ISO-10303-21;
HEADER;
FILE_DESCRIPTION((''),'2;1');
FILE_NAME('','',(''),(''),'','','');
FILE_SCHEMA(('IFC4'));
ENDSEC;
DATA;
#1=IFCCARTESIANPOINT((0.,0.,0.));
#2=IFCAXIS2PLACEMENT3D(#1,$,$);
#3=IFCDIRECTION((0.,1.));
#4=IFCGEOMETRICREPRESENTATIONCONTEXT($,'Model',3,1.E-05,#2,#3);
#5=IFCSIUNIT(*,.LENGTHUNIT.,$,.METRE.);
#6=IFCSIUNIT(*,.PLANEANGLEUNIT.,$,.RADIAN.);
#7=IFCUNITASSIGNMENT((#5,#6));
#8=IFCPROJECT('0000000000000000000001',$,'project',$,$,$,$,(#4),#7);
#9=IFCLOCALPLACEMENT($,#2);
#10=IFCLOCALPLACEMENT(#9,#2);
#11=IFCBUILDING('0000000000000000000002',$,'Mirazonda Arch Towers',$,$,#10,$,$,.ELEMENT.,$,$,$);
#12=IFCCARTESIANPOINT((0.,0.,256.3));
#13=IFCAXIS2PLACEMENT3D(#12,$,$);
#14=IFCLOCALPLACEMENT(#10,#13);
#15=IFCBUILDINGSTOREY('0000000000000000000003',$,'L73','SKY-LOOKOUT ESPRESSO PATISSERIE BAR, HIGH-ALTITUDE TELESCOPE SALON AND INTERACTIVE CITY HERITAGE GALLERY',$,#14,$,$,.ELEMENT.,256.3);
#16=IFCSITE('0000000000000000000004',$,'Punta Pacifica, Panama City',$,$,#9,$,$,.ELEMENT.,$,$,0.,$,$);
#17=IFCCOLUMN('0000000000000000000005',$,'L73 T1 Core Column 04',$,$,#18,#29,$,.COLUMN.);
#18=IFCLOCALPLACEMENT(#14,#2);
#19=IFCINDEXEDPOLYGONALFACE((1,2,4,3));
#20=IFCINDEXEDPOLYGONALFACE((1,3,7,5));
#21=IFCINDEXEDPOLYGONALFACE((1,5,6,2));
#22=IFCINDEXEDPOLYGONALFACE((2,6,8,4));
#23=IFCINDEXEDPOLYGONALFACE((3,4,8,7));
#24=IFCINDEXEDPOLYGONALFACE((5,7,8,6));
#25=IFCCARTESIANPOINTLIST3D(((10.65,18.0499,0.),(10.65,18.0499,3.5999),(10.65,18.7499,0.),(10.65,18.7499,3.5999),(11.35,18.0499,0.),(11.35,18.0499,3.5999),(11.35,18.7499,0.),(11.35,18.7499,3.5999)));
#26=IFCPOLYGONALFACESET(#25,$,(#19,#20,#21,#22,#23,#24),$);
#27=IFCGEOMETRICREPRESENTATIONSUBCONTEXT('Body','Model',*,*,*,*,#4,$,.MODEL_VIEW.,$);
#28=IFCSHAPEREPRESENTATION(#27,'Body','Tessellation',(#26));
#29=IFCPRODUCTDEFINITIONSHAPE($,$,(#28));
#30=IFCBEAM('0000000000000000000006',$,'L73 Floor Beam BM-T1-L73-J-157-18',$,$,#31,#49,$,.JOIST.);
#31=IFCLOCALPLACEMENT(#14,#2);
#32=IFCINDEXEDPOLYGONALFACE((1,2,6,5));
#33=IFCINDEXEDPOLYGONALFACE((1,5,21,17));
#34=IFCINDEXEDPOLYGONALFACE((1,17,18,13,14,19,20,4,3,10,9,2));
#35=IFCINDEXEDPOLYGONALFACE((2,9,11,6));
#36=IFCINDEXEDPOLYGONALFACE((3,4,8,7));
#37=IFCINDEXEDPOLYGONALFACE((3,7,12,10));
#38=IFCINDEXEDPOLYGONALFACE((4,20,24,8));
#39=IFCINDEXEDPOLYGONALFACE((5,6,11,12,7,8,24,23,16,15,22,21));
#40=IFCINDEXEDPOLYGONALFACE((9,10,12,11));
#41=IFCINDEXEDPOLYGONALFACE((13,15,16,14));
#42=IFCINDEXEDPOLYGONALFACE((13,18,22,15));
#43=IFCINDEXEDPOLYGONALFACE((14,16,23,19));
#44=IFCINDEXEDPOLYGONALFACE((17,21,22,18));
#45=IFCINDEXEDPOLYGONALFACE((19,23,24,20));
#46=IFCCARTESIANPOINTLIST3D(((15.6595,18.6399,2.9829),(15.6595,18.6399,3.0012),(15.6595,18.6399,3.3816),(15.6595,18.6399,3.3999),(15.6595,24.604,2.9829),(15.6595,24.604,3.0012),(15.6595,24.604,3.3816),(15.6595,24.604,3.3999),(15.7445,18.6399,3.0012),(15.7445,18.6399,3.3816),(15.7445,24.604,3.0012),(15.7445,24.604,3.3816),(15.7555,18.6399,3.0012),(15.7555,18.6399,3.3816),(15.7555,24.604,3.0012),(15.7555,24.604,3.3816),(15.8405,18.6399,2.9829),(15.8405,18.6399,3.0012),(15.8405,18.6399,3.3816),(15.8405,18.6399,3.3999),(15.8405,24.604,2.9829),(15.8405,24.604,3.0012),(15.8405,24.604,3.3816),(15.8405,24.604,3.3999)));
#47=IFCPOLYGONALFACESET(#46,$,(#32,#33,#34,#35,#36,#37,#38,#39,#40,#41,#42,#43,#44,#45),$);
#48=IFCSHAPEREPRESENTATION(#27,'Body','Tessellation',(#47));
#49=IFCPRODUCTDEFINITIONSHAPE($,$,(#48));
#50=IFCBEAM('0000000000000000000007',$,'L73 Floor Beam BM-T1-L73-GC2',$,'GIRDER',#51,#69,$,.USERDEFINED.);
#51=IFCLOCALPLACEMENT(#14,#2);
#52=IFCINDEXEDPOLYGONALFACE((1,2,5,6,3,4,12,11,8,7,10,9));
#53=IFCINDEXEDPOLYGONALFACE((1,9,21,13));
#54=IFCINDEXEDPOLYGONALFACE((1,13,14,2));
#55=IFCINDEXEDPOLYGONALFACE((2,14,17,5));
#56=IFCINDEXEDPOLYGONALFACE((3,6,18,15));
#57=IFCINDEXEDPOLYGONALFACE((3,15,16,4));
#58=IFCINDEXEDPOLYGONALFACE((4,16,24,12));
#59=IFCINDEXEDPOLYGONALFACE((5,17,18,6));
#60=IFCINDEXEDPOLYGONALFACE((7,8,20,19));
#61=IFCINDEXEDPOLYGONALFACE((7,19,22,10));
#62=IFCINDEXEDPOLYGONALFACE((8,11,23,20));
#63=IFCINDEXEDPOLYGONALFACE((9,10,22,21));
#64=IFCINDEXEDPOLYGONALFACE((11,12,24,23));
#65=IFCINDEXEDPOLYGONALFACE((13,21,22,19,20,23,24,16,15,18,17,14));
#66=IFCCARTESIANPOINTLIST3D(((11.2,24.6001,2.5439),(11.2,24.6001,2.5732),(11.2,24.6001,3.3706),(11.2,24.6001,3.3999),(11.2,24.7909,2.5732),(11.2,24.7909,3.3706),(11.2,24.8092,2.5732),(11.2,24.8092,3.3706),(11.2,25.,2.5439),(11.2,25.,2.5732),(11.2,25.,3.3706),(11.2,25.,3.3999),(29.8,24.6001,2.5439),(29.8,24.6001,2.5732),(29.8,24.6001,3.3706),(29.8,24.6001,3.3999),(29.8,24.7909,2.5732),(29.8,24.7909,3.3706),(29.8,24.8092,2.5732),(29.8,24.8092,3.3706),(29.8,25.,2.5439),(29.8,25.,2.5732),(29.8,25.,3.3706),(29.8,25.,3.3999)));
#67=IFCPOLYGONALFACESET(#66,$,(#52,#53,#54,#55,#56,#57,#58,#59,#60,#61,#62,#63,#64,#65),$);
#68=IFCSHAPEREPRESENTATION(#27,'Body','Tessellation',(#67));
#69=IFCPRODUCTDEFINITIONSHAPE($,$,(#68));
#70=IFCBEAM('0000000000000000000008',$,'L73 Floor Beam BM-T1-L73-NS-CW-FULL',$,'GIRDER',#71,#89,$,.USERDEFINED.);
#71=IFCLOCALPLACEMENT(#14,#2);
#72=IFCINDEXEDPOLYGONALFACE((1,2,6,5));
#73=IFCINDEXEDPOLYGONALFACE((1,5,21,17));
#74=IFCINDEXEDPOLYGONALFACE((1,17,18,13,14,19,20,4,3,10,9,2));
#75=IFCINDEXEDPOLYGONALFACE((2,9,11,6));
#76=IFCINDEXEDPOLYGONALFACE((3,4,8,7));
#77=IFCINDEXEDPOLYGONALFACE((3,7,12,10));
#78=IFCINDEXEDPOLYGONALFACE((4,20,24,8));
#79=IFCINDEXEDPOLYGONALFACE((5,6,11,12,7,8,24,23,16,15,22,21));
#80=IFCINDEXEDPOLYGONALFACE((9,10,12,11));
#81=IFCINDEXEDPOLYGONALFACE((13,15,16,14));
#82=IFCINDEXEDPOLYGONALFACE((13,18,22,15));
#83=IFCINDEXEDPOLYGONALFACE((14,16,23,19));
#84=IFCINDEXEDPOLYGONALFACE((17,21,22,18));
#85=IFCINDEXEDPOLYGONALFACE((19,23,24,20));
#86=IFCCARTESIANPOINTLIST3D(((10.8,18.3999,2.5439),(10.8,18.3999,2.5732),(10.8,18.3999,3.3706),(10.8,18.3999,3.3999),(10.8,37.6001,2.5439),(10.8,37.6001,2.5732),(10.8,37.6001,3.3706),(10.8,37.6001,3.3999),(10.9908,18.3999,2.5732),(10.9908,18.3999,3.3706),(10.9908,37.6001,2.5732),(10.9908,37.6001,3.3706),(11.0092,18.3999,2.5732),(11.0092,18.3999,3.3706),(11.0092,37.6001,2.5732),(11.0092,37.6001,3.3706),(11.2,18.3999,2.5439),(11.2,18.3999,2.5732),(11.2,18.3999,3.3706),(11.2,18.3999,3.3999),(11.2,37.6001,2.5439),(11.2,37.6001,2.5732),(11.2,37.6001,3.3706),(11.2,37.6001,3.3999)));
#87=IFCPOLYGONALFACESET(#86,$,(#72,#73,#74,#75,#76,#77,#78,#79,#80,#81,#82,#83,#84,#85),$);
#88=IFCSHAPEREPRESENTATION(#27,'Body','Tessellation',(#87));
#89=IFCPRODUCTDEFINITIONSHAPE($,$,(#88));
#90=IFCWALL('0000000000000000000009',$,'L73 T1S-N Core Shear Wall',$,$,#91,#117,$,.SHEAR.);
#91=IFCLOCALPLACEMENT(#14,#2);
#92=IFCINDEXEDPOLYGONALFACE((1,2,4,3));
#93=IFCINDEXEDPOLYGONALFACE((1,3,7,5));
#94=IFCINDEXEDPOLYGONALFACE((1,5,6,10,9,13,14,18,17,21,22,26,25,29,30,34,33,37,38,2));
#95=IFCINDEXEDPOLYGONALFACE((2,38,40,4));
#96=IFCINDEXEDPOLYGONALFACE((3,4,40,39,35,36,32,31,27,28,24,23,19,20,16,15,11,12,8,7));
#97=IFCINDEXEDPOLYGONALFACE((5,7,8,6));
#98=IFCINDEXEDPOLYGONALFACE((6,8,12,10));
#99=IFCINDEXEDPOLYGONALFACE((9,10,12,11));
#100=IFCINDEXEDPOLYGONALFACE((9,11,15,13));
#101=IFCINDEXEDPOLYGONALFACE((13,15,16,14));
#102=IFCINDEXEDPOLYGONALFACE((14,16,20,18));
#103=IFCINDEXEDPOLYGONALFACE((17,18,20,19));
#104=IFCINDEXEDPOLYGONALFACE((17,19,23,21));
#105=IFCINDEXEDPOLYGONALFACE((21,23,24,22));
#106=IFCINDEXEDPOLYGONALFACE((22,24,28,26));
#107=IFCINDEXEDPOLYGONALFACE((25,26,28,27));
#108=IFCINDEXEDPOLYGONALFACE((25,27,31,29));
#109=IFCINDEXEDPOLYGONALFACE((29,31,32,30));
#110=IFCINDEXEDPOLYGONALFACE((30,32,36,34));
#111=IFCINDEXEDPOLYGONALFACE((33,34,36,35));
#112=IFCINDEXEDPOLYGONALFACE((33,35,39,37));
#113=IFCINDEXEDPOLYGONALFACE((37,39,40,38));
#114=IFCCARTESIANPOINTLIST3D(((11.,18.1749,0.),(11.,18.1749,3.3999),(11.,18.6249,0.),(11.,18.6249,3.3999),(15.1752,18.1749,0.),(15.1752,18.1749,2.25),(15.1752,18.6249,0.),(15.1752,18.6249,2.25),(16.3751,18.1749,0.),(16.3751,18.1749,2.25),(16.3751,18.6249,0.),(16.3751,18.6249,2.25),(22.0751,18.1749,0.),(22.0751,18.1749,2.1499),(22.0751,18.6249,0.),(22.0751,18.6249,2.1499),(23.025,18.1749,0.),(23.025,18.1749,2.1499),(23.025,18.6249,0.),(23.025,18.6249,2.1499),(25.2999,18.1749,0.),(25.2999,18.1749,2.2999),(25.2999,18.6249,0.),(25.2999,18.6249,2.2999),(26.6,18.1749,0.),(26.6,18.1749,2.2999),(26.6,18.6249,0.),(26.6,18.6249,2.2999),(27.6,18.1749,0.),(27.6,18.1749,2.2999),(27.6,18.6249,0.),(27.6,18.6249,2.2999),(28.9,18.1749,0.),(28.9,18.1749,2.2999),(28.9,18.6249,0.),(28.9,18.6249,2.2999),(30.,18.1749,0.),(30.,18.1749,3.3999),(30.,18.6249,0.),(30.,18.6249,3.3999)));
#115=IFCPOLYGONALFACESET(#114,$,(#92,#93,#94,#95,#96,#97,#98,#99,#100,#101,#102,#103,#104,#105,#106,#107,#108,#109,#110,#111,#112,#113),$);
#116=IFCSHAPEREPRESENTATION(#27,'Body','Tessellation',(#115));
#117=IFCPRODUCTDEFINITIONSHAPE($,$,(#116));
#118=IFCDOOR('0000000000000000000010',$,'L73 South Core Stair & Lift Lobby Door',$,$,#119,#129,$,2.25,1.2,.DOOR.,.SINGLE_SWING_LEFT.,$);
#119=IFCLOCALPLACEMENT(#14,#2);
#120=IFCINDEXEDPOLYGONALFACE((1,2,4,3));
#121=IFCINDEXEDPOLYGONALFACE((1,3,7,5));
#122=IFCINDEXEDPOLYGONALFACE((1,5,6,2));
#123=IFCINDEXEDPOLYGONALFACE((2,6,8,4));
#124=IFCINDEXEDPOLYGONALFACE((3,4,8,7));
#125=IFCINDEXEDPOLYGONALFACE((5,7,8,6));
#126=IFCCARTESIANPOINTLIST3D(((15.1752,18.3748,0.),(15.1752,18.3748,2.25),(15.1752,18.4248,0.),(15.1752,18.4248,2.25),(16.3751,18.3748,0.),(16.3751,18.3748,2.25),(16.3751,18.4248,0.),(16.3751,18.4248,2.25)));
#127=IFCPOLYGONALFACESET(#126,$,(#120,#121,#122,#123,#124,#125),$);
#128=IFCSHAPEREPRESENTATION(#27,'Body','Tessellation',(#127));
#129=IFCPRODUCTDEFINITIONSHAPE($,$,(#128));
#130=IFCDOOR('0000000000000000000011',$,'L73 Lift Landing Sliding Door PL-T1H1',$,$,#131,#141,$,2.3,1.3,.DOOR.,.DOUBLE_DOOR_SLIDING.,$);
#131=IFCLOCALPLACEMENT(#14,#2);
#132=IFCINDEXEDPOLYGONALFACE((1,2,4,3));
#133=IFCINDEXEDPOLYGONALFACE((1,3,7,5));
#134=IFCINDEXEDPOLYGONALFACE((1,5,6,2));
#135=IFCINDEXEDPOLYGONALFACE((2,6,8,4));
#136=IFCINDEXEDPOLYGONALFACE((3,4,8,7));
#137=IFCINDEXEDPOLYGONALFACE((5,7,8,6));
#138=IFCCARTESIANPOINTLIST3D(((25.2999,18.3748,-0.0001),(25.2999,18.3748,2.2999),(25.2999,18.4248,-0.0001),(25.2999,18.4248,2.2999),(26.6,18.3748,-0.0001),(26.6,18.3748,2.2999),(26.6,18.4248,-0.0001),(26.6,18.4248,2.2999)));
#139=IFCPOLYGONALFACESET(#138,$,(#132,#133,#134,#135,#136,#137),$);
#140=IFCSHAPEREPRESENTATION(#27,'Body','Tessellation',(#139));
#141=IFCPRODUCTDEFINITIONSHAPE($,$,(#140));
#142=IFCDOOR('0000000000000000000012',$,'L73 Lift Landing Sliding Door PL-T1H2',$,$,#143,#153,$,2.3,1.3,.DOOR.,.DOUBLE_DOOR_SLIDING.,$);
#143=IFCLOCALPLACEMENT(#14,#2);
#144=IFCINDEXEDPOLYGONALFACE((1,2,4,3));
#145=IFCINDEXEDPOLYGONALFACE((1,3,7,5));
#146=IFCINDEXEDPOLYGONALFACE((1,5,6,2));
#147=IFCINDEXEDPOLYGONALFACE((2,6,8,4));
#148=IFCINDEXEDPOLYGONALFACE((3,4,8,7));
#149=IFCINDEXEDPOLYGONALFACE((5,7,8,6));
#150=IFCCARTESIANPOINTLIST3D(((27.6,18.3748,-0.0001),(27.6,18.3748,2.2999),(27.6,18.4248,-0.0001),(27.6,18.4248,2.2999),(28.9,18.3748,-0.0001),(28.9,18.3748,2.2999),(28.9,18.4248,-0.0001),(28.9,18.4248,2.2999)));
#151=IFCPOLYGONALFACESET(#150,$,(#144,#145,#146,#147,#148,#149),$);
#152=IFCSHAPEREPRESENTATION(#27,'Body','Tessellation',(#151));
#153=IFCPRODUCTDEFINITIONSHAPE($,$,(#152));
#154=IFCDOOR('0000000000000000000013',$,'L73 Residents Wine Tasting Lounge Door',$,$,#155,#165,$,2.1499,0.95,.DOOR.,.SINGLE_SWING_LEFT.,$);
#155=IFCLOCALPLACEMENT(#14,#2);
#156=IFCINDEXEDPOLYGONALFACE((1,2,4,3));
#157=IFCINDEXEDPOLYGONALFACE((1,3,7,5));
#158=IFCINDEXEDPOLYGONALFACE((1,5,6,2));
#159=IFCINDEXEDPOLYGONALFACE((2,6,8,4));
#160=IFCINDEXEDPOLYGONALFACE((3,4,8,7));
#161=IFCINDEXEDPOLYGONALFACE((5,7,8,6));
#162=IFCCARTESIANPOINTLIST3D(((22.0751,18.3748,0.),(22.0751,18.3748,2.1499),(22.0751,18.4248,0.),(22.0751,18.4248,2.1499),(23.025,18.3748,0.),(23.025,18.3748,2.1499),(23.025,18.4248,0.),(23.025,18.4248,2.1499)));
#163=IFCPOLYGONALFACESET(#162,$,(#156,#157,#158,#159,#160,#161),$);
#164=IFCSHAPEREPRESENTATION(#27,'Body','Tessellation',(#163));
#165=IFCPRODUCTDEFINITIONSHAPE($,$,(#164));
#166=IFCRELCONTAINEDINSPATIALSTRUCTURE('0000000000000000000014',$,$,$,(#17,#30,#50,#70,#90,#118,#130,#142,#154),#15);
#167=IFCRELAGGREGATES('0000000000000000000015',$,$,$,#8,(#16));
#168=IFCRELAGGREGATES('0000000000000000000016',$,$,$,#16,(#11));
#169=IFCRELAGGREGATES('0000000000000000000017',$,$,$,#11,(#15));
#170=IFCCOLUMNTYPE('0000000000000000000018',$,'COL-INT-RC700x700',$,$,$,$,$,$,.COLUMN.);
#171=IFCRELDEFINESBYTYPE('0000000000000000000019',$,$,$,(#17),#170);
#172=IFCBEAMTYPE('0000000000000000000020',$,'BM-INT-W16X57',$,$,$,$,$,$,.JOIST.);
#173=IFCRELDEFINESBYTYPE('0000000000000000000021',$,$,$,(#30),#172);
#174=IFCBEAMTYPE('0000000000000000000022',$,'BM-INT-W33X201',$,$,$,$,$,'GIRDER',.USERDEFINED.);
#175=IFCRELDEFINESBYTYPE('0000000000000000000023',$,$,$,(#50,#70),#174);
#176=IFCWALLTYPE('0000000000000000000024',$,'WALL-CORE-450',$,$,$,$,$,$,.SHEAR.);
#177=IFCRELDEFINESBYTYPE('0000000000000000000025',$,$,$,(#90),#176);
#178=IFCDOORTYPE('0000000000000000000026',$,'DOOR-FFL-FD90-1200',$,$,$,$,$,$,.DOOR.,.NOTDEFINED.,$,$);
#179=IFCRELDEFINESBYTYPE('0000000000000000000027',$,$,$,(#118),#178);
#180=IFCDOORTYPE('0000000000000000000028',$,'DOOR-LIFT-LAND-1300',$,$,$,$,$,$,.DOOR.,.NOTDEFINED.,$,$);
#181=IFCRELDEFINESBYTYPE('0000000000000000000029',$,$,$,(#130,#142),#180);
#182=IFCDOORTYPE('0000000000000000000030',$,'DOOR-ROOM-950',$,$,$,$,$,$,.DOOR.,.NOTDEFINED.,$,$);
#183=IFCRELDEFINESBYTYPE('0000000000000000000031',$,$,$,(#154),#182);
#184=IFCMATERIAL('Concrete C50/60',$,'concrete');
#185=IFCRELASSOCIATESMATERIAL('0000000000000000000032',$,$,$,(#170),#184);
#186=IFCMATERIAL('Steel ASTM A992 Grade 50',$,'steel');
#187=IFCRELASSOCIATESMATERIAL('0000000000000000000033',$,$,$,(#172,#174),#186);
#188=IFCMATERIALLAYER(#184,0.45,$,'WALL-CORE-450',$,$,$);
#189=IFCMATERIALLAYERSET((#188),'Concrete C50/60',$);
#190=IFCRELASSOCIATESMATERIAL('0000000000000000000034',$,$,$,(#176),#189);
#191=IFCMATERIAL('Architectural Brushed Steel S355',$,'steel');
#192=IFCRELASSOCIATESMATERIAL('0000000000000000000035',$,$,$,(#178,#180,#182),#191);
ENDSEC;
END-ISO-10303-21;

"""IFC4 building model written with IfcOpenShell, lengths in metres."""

from ifc_helpers import new_model, si_unit, direction, frame, frame_2d, origin, origin_2d, place, context, subcontext, project, spatial, rectangle, i_section, extrude, material, layer, layer_set, material_profile, profile_set, type_object, element, fill, save


model = new_model("IFC4")

# Units and contexts
model_context = context("Model", 3, precision=1e-05, world=origin(), true_north=direction((0.0, 1.0)))
body_context = subcontext(model_context, "Body", "Model", "MODEL_VIEW")
ifc_project = project(units=[si_unit("LENGTHUNIT", "METRE"), si_unit("PLANEANGLEUNIT", "RADIAN")], contexts=[model_context])

# Site, building, storey
site_placement = place(None, origin())
site = spatial("IfcSite", under=ifc_project, at=site_placement, Name="Punta Pacifica, Panama City", CompositionType="ELEMENT", RefElevation=0.0)
building_placement = place(site_placement, origin())
building = spatial("IfcBuilding", under=site, at=building_placement, Name="Mirazonda Arch Towers", CompositionType="ELEMENT")
storey_placement = place(building_placement, frame((0.0, 0.0, 256.3)))
storey = spatial("IfcBuildingStorey", under=building, at=storey_placement, Name="L73", Description="SKY-LOOKOUT ESPRESSO PATISSERIE BAR, HIGH-ALTITUDE TELESCOPE SALON AND INTERACTIVE CITY HERITAGE GALLERY", CompositionType="ELEMENT", Elevation=256.3)

# Column
ifc_material_1 = material(Name="Concrete C50/60", Category="concrete")
ifc_material_profile_1 = material_profile(ifc_material_1, rectangle(XDim=0.7, YDim=0.7, at=origin_2d()), Name="RC700x700")
ifc_profile_set_1 = profile_set([ifc_material_profile_1], Name="Concrete C50/60")
column_type = type_object("IfcColumnType", Name="COL-INT-RC700x700", PredefinedType="COLUMN", material=ifc_profile_set_1)
column_placement = place(storey_placement, frame((11.0, 18.3999, 0.0), z_axis=(0.0, 0.0, 1.0), x_axis=(1.0, 0.0, 0.0)))
element("IfcColumn", 1, at=column_placement, inside=storey, type_object=column_type, Name="L73 T1 Core Column 04", PredefinedType="COLUMN", context=body_context, shape_type="SweptSolid", body=[
    extrude(rectangle(XDim=0.7, YDim=0.7, at=origin_2d()), origin(), (0.0, 0.0, 1.0), 3.5999),
])

# Beams
ifc_material_2 = material(Name="Steel ASTM A992 Grade 50", Category="steel")
ifc_material_profile_2 = material_profile(ifc_material_2, i_section(OverallWidth=0.1809, OverallDepth=0.417, WebThickness=0.011, FlangeThickness=0.0183, at=origin_2d()), Name="W16X57")
ifc_profile_set_2 = profile_set([ifc_material_profile_2], Name="Steel ASTM A992 Grade 50")
beam_type_1 = type_object("IfcBeamType", Name="BM-INT-W16X57", PredefinedType="JOIST", material=ifc_profile_set_2)
beam_1_placement = place(storey_placement, frame((15.75, 18.6399, 3.1914), z_axis=(0.0, 1.0, 0.0), x_axis=(-1.0, 0.0, 0.0)))
element("IfcBeam", 2, at=beam_1_placement, inside=storey, type_object=beam_type_1, Name="L73 Floor Beam BM-T1-L73-J-157-18", PredefinedType="JOIST", context=body_context, shape_type="SweptSolid", body=[
    extrude(i_section(OverallWidth=0.1809, OverallDepth=0.417, WebThickness=0.011, FlangeThickness=0.0183, at=origin_2d()), origin(), (0.0, 0.0, 1.0), 5.9641),
])
ifc_material_profile_3 = material_profile(ifc_material_2, i_section(OverallWidth=0.3999, OverallDepth=0.856, WebThickness=0.0183, FlangeThickness=0.0293, at=origin_2d()), Name="W33X201")
ifc_profile_set_3 = profile_set([ifc_material_profile_3], Name="Steel ASTM A992 Grade 50")
beam_type_2 = type_object("IfcBeamType", Name="BM-INT-W33X201", ElementType="GIRDER", PredefinedType="USERDEFINED", material=ifc_profile_set_3)
beam_2_placement = place(storey_placement, frame((11.2, 24.8, 2.9719), z_axis=(1.0, 0.0, 0.0), x_axis=(0.0, 1.0, 0.0)))
element("IfcBeam", 3, at=beam_2_placement, inside=storey, type_object=beam_type_2, Name="L73 Floor Beam BM-T1-L73-GC2", ObjectType="GIRDER", PredefinedType="USERDEFINED", context=body_context, shape_type="SweptSolid", body=[
    extrude(i_section(OverallWidth=0.3999, OverallDepth=0.856, WebThickness=0.0183, FlangeThickness=0.0293, at=origin_2d()), origin(), (0.0, 0.0, 1.0), 18.6001),
])
beam_3_placement = place(storey_placement, frame((11.0, 18.3999, 2.9719), z_axis=(0.0, 1.0, 0.0), x_axis=(-1.0, 0.0, 0.0)))
element("IfcBeam", 4, at=beam_3_placement, inside=storey, type_object=beam_type_2, Name="L73 Floor Beam BM-T1-L73-NS-CW-FULL", ObjectType="GIRDER", PredefinedType="USERDEFINED", context=body_context, shape_type="SweptSolid", body=[
    extrude(i_section(OverallWidth=0.3999, OverallDepth=0.856, WebThickness=0.0183, FlangeThickness=0.0293, at=origin_2d()), origin(), (0.0, 0.0, 1.0), 19.2002),
])

# Wall, openings, doors
ifc_layer_1 = layer(ifc_material_1, 0.45, Name="WALL-CORE-450")
ifc_layer_set_1 = layer_set([ifc_layer_1], Name="Concrete C50/60")
wall_type_1 = type_object("IfcWallType", Name="WALL-CORE-450", PredefinedType="SHEAR", material=ifc_layer_set_1)
wall_1_placement = place(storey_placement, frame((11.0, 18.3999, 0.0), z_axis=(0.0, 0.0, 1.0), x_axis=(1.0, 0.0, 0.0)))
wall_1 = element("IfcWall", 5, at=wall_1_placement, inside=storey, type_object=wall_type_1, Name="L73 T1S-N Core Shear Wall", PredefinedType="SHEAR", context=body_context, shape_type="SweptSolid", body=[
    extrude(rectangle(XDim=19.0, YDim=0.45, at=frame_2d((9.5, 0.0))), origin(), (0.0, 0.0, 1.0), 3.3999),
])
opening_1_placement = place(wall_1_placement, frame((4.175, 0.0, 0.0)))
opening_1 = element("IfcOpeningElement", 6, at=opening_1_placement, cuts=wall_1, PredefinedType="OPENING", context=body_context, shape_type="SweptSolid", body=[
    extrude(rectangle(XDim=1.2, YDim=2.25, at=frame_2d((0.6001, 1.125))), frame((0.0, 0.2349, 0.0), z_axis=(0.0, -1.0, 0.0), x_axis=(1.0, 0.0, 0.0)), (0.0, 0.0, 1.0), 0.47),
])
opening_2_placement = place(wall_1_placement, frame((11.075, 0.0, 0.0)))
opening_2 = element("IfcOpeningElement", 7, at=opening_2_placement, cuts=wall_1, PredefinedType="OPENING", context=body_context, shape_type="SweptSolid", body=[
    extrude(rectangle(XDim=0.95, YDim=2.1499, at=frame_2d((0.4751, 1.075))), frame((0.0, 0.2349, 0.0), z_axis=(0.0, -1.0, 0.0), x_axis=(1.0, 0.0, 0.0)), (0.0, 0.0, 1.0), 0.47),
])
opening_3_placement = place(wall_1_placement, frame((14.3, 0.0, 0.0)))
opening_3 = element("IfcOpeningElement", 8, at=opening_3_placement, cuts=wall_1, PredefinedType="OPENING", context=body_context, shape_type="SweptSolid", body=[
    extrude(rectangle(XDim=1.3, YDim=2.3, at=frame_2d((0.6499, 1.1499))), frame((0.0, 0.2349, 0.0), z_axis=(0.0, -1.0, 0.0), x_axis=(1.0, 0.0, 0.0)), (0.0, 0.0, 1.0), 0.47),
])
opening_4_placement = place(wall_1_placement, frame((16.6001, 0.0, 0.0)))
opening_4 = element("IfcOpeningElement", 9, at=opening_4_placement, cuts=wall_1, PredefinedType="OPENING", context=body_context, shape_type="SweptSolid", body=[
    extrude(rectangle(XDim=1.3, YDim=2.3, at=frame_2d((0.6499, 1.1499))), frame((0.0, 0.2349, 0.0), z_axis=(0.0, -1.0, 0.0), x_axis=(1.0, 0.0, 0.0)), (0.0, 0.0, 1.0), 0.47),
])
ifc_material_3 = material(Name="Architectural Brushed Steel S355", Category="steel")
door_type_1 = type_object("IfcDoorType", Name="DOOR-FFL-FD90-1200", OperationType="NOTDEFINED", PredefinedType="DOOR", material=ifc_material_3)
door_1_placement = place(opening_1_placement, origin())
door_1 = element("IfcDoor", 10, at=door_1_placement, inside=storey, type_object=door_type_1, Name="L73 South Core Stair & Lift Lobby Door", OperationType="SINGLE_SWING_LEFT", OverallHeight=2.25, OverallWidth=1.2, PredefinedType="DOOR", context=body_context, shape_type="SweptSolid", body=[
    extrude(rectangle(XDim=1.2, YDim=2.25, at=frame_2d((0.6001, 1.125))), frame((0.0, 0.0249, 0.0), z_axis=(0.0, -1.0, 0.0), x_axis=(1.0, 0.0, 0.0)), (0.0, 0.0, 1.0), 0.05),
])
fill(opening_1, door_1)
door_type_2 = type_object("IfcDoorType", Name="DOOR-LIFT-LAND-1300", OperationType="NOTDEFINED", PredefinedType="DOOR", material=ifc_material_3)
door_2_placement = place(opening_3_placement, origin())
door_2 = element("IfcDoor", 11, at=door_2_placement, inside=storey, type_object=door_type_2, Name="L73 Lift Landing Sliding Door PL-T1H1", OperationType="DOUBLE_DOOR_SLIDING", OverallHeight=2.3, OverallWidth=1.3, PredefinedType="DOOR", context=body_context, shape_type="SweptSolid", body=[
    extrude(rectangle(XDim=1.3, YDim=2.3, at=frame_2d((0.6499, 1.1499))), frame((0.0, 0.0249, 0.0), z_axis=(0.0, -1.0, 0.0), x_axis=(1.0, 0.0, 0.0)), (0.0, 0.0, 1.0), 0.05),
])
fill(opening_3, door_2)
door_3_placement = place(opening_4_placement, origin())
door_3 = element("IfcDoor", 12, at=door_3_placement, inside=storey, type_object=door_type_2, Name="L73 Lift Landing Sliding Door PL-T1H2", OperationType="DOUBLE_DOOR_SLIDING", OverallHeight=2.3, OverallWidth=1.3, PredefinedType="DOOR", context=body_context, shape_type="SweptSolid", body=[
    extrude(rectangle(XDim=1.3, YDim=2.3, at=frame_2d((0.6499, 1.1499))), frame((0.0, 0.0249, 0.0), z_axis=(0.0, -1.0, 0.0), x_axis=(1.0, 0.0, 0.0)), (0.0, 0.0, 1.0), 0.05),
])
fill(opening_4, door_3)
door_type_3 = type_object("IfcDoorType", Name="DOOR-ROOM-950", OperationType="NOTDEFINED", PredefinedType="DOOR", material=ifc_material_3)
door_4_placement = place(opening_2_placement, origin())
door_4 = element("IfcDoor", 13, at=door_4_placement, inside=storey, type_object=door_type_3, Name="L73 Residents Wine Tasting Lounge Door", OperationType="SINGLE_SWING_LEFT", OverallHeight=2.1499, OverallWidth=0.95, PredefinedType="DOOR", context=body_context, shape_type="SweptSolid", body=[
    extrude(rectangle(XDim=0.95, YDim=2.1499, at=frame_2d((0.4751, 1.075))), frame((0.0, 0.0249, 0.0), z_axis=(0.0, -1.0, 0.0), x_axis=(1.0, 0.0, 0.0)), (0.0, 0.0, 1.0), 0.05),
])
fill(opening_2, door_4)

save(model, "model.ifc")
